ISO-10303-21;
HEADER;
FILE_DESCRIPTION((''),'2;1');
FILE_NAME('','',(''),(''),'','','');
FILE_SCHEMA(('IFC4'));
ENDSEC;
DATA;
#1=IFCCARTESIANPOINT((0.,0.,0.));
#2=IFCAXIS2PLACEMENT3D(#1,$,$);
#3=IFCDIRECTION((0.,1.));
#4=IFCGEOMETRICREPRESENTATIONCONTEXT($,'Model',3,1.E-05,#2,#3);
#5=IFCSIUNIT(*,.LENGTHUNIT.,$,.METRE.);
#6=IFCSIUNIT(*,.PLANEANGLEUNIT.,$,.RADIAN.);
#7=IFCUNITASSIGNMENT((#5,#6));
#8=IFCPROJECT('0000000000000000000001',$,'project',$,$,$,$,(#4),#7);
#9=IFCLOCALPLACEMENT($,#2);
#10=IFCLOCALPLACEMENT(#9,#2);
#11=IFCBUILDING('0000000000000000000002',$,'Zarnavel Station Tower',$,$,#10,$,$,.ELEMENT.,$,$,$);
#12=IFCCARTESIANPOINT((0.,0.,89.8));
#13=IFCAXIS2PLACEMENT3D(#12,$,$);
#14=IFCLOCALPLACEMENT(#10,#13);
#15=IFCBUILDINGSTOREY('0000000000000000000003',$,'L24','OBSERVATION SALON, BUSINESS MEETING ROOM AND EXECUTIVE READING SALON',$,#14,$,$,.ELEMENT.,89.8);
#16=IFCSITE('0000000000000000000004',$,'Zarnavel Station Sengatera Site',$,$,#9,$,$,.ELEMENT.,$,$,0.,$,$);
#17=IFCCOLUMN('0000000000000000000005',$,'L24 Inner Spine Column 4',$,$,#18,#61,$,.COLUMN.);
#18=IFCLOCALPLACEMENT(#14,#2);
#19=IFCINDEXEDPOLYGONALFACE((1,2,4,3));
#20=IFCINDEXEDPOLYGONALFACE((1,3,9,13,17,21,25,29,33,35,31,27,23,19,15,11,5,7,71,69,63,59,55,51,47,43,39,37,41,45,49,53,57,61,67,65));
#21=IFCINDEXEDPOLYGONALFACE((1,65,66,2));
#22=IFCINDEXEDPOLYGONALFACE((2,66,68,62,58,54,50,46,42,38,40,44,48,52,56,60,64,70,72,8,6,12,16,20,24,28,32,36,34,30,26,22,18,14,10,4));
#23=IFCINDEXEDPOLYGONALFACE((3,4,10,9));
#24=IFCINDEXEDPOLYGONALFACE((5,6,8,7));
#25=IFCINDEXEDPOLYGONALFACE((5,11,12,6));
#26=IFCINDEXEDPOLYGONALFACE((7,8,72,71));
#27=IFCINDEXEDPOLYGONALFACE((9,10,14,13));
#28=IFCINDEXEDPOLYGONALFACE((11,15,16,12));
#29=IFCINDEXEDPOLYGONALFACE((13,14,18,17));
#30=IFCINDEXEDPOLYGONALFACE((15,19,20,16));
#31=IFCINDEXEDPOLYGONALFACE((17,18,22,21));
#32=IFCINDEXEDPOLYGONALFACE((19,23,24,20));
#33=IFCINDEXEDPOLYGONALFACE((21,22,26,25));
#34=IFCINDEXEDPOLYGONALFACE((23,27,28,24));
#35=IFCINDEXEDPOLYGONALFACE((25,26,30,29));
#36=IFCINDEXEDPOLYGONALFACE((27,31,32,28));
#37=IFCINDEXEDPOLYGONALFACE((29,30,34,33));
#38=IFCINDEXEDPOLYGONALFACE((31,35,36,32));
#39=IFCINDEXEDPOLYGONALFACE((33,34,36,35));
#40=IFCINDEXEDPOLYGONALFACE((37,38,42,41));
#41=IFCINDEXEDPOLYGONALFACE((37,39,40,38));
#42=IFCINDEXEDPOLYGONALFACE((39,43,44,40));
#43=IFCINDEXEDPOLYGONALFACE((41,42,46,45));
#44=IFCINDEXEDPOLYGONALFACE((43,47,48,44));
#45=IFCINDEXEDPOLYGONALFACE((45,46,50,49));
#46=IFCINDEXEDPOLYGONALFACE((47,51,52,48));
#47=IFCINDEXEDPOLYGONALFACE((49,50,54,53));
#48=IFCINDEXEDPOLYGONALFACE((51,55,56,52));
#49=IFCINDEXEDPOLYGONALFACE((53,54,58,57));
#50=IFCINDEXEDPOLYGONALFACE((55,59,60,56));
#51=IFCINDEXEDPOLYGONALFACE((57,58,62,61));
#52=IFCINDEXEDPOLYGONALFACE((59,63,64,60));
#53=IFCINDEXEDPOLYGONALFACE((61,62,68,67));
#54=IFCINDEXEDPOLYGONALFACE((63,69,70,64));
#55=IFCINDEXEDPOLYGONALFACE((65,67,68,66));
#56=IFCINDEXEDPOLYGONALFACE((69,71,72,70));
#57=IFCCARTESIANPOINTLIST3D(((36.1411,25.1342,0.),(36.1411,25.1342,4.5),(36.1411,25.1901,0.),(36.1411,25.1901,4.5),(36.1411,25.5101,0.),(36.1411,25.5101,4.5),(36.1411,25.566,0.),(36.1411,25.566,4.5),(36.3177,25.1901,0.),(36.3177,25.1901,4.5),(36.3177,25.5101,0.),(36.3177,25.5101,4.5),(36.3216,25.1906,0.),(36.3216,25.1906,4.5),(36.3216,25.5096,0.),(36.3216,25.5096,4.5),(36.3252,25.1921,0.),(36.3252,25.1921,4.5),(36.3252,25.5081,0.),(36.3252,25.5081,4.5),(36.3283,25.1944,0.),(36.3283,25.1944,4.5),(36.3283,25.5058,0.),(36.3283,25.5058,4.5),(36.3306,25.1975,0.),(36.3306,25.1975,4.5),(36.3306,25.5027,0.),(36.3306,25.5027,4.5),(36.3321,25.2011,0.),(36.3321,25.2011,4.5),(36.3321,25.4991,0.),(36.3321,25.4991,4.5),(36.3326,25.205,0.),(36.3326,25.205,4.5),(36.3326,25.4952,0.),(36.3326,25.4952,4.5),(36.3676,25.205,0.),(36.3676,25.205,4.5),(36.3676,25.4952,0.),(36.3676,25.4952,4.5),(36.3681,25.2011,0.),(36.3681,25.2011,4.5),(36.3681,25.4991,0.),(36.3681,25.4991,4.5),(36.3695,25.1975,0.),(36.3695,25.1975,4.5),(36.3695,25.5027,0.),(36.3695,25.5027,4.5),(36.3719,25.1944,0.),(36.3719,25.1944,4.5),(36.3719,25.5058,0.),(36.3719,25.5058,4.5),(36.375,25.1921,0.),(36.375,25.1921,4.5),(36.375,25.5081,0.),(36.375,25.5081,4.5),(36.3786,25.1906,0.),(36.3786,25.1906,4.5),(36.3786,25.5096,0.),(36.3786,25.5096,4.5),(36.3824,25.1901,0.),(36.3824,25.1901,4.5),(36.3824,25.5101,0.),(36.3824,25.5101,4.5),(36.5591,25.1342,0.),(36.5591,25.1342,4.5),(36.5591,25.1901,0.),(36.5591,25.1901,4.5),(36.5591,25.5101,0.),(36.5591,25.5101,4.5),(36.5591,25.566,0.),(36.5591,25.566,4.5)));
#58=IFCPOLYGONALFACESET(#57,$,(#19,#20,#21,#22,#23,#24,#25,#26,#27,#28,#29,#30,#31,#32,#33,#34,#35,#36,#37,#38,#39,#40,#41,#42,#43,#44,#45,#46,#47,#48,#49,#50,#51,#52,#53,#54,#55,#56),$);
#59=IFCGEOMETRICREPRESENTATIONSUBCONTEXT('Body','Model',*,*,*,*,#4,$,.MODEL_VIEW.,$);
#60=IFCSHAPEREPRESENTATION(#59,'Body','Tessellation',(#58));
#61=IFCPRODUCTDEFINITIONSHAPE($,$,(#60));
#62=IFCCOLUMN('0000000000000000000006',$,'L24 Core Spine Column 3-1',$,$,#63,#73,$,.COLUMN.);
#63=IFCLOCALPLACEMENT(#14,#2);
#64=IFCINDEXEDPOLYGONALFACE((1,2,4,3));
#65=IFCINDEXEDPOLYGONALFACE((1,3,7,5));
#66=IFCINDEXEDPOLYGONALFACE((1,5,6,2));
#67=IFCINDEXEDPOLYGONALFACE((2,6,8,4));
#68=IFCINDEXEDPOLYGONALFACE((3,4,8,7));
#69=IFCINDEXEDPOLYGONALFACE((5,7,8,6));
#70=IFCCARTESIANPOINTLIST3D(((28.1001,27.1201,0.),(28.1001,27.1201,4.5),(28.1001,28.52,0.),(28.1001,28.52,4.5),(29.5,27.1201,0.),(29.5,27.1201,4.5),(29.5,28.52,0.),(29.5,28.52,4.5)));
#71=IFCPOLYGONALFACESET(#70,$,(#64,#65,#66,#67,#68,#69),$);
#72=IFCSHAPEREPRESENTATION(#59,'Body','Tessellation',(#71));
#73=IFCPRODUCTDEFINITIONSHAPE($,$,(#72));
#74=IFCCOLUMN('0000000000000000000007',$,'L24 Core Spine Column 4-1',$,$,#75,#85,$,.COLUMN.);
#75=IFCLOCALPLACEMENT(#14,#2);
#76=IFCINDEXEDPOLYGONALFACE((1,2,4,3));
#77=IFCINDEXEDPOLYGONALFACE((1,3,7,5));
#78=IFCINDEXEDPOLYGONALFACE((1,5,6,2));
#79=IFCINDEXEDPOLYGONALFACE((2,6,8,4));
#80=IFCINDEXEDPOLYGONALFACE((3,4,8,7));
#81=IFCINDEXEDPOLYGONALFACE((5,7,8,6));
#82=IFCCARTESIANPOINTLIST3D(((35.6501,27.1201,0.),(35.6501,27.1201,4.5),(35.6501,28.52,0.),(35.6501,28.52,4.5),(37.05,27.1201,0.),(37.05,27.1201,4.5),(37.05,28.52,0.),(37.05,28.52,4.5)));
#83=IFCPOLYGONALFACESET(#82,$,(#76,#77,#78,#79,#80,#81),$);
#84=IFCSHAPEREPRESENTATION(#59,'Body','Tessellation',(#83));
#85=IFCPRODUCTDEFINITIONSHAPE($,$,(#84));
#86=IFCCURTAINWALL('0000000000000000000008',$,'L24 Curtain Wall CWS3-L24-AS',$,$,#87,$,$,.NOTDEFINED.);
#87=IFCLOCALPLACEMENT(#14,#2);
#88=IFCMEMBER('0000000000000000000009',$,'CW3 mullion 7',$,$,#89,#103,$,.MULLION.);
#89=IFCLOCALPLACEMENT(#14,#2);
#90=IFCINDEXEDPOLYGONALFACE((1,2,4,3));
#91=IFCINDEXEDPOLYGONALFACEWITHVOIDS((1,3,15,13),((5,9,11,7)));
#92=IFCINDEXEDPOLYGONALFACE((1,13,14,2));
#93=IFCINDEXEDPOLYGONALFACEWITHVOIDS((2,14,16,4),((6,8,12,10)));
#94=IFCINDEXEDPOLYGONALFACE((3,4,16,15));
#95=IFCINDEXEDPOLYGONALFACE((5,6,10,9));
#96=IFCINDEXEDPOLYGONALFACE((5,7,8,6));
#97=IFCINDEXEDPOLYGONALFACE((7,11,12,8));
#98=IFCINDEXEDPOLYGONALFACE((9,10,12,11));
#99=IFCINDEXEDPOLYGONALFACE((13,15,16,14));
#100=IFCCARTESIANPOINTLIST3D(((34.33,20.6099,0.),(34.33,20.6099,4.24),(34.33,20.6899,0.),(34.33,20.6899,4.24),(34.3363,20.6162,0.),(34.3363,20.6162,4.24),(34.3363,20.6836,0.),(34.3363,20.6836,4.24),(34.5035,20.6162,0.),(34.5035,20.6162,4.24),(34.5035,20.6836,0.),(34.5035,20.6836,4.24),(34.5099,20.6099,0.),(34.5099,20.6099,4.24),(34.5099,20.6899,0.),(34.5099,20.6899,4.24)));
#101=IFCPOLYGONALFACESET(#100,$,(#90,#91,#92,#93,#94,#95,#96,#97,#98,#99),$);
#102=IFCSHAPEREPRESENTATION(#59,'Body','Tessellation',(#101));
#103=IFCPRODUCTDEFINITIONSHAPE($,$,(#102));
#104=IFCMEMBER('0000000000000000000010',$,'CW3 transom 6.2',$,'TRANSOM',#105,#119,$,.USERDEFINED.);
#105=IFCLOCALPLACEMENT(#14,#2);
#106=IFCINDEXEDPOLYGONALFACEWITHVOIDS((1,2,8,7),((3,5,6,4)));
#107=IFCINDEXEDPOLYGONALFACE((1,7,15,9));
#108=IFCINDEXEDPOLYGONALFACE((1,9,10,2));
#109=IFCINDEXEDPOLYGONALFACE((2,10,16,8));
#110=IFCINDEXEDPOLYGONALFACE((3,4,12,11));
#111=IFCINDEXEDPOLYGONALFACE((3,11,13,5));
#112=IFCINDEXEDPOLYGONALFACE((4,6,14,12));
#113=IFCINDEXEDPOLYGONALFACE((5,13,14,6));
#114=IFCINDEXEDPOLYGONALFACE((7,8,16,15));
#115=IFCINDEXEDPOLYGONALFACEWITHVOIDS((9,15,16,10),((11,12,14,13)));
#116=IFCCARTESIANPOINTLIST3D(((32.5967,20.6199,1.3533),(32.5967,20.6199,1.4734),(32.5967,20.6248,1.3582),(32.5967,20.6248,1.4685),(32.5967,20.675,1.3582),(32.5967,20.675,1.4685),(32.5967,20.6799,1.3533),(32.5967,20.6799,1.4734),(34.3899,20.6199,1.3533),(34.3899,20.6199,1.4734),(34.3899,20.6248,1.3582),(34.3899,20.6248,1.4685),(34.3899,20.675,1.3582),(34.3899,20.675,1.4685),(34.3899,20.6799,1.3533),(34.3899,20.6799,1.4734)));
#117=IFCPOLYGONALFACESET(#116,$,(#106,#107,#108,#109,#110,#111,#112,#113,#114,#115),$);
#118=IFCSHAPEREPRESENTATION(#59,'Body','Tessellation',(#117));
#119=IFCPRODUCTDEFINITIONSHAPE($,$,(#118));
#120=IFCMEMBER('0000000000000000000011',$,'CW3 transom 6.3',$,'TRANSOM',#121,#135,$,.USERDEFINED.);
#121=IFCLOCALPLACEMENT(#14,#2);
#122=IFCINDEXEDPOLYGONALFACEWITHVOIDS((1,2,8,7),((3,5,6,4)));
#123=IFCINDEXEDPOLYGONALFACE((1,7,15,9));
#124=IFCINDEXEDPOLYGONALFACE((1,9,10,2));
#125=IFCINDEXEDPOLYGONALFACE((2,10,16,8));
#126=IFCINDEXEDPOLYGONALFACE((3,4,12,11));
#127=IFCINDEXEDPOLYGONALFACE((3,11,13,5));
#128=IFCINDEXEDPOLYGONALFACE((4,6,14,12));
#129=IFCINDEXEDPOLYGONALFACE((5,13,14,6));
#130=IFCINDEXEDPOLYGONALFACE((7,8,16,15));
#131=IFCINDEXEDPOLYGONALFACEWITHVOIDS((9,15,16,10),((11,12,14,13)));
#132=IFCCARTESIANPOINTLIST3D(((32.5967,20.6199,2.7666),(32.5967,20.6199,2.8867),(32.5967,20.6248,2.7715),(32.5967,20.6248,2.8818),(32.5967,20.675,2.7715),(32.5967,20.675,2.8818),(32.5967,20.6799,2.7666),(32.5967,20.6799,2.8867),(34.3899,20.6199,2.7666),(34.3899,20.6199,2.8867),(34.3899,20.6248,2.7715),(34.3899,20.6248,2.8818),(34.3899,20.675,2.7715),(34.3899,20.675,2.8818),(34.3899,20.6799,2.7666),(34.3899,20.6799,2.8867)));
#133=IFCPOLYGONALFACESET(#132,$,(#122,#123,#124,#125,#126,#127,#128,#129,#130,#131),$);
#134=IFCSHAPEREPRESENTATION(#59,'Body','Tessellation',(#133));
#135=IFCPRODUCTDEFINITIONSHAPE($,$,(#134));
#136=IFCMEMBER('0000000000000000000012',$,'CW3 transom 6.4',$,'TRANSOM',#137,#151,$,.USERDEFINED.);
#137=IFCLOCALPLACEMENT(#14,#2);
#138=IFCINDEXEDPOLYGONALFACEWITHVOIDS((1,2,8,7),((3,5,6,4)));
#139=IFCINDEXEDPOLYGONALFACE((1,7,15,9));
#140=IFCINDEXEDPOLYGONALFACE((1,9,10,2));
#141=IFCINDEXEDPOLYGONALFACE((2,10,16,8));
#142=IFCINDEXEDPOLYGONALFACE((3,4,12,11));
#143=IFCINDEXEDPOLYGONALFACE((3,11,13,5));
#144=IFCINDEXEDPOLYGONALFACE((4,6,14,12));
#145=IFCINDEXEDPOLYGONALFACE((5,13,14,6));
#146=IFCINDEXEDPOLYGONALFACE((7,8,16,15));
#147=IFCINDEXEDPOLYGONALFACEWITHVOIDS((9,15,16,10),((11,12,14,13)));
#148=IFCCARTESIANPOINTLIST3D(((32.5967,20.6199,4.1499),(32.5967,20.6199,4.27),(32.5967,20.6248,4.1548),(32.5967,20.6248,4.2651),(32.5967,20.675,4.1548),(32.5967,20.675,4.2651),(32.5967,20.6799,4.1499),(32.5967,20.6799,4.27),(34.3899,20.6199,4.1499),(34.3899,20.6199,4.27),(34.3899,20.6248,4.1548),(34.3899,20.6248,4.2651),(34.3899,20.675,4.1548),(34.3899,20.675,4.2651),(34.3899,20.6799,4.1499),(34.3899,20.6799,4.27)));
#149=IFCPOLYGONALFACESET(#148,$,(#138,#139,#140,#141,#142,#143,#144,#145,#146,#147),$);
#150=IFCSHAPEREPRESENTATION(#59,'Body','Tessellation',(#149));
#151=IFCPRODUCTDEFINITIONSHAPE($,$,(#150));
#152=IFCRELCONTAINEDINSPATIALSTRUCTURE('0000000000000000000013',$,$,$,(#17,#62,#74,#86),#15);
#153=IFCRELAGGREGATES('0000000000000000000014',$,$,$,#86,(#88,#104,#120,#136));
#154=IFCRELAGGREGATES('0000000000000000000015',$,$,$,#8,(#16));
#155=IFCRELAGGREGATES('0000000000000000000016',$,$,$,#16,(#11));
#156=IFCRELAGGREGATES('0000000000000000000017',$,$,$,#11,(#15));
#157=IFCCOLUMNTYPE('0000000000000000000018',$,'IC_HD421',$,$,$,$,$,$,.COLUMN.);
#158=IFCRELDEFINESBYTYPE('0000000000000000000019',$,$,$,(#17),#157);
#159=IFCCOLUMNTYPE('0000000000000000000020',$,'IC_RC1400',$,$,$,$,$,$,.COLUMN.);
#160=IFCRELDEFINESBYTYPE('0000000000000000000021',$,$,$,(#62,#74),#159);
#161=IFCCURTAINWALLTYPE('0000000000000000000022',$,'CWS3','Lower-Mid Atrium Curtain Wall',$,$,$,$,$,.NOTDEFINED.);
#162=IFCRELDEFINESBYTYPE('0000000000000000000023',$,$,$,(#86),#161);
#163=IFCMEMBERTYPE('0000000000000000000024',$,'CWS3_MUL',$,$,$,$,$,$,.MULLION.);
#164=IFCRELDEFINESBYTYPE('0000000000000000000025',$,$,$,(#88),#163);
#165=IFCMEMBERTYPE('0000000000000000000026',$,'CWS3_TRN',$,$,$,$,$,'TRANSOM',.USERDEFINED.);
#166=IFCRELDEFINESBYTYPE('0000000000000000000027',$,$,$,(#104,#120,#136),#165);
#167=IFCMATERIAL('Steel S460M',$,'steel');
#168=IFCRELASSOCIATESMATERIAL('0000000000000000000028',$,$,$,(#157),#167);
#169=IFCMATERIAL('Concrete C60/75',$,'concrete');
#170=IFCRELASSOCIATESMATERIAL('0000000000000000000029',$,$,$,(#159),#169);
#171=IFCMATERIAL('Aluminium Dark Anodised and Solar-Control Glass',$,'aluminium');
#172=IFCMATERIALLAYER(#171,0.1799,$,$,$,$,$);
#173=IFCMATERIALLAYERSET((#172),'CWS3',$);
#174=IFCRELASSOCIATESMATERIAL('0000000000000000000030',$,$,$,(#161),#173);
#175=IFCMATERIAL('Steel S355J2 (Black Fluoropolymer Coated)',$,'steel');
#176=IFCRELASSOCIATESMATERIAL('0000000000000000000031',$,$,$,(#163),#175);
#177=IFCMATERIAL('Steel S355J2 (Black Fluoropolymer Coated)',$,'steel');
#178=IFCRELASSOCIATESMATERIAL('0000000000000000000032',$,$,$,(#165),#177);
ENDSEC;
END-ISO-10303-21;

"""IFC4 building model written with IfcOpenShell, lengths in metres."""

from ifc_helpers import new_model, si_unit, direction, frame, origin, origin_2d, place, context, subcontext, project, spatial, rectangle, hollow_rectangle, i_section, extrude, material, layer, layer_set, material_profile, profile_set, type_object, element, aggregate, save


model = new_model("IFC4")

# Units and contexts
model_context = context("Model", 3, precision=1e-05, world=origin(), true_north=direction((0.0, 1.0)))
body_context = subcontext(model_context, "Body", "Model", "MODEL_VIEW")
ifc_project = project(units=[si_unit("LENGTHUNIT", "METRE"), si_unit("PLANEANGLEUNIT", "RADIAN")], contexts=[model_context])

# Site, building, storey
site_placement = place(None, origin())
site = spatial("IfcSite", under=ifc_project, at=site_placement, Name="Zarnavel Station Sengatera Site", CompositionType="ELEMENT", RefElevation=0.0)
building_placement = place(site_placement, origin())
building = spatial("IfcBuilding", under=site, at=building_placement, Name="Zarnavel Station Tower", CompositionType="ELEMENT")
storey_placement = place(building_placement, frame((0.0, 0.0, 89.8)))
storey = spatial("IfcBuildingStorey", under=building, at=storey_placement, Name="L24", Description="OBSERVATION SALON, BUSINESS MEETING ROOM AND EXECUTIVE READING SALON", CompositionType="ELEMENT", Elevation=89.8)

# Columns
ifc_material_1 = material(Name="Steel S460M", Category="steel")
ifc_material_profile_1 = material_profile(ifc_material_1, i_section(OverallWidth=0.418, OverallDepth=0.4319, WebThickness=0.0349, FlangeThickness=0.0559, FilletRadius=0.0149, at=origin_2d()), Name="HD400x421")
ifc_profile_set_1 = profile_set([ifc_material_profile_1], Name="Steel S460M")
column_type_1 = type_object("IfcColumnType", Name="IC_HD421", PredefinedType="COLUMN", material=ifc_profile_set_1)
column_placement = place(storey_placement, frame((36.3501, 25.3501, 0.0), z_axis=(0.0, 0.0, 1.0), x_axis=(1.0, 0.0, 0.0)))
element("IfcColumn", 1, at=column_placement, inside=storey, type_object=column_type_1, Name="L24 Inner Spine Column 4", PredefinedType="COLUMN", context=body_context, shape_type="SweptSolid", body=[
    extrude(i_section(OverallWidth=0.418, OverallDepth=0.4319, WebThickness=0.0349, FlangeThickness=0.0559, FilletRadius=0.0149, at=origin_2d()), origin(), (0.0, 0.0, 1.0), 4.5),
])
ifc_material_2 = material(Name="Concrete C60/75", Category="concrete")
ifc_material_profile_2 = material_profile(ifc_material_2, rectangle(XDim=1.3999, YDim=1.3999, at=origin_2d()), Name="RC1400x1400")
ifc_profile_set_2 = profile_set([ifc_material_profile_2], Name="Concrete C60/75")
column_type_2 = type_object("IfcColumnType", Name="IC_RC1400", PredefinedType="COLUMN", material=ifc_profile_set_2)
for number, where, z_axis, x_axis, name in (
    (2, (28.8, 27.8201, 0.0), (0.0, 0.0, 1.0), (1.0, 0.0, 0.0), "L24 Core Spine Column 3-1"),
    (3, (36.3501, 27.8201, 0.0), (0.0, 0.0, 1.0), (1.0, 0.0, 0.0), "L24 Core Spine Column 4-1"),
):
    element("IfcColumn", number, at=place(storey_placement, frame(where, z_axis=z_axis, x_axis=x_axis)), inside=storey, type_object=column_type_2, Name=name, PredefinedType="COLUMN", context=body_context, shape_type="SweptSolid", body=[
        extrude(rectangle(XDim=1.3999, YDim=1.3999, at=origin_2d()), origin(), (0.0, 0.0, 1.0), 4.5),
    ])

# Curtain wall, members
ifc_material_3 = material(Name="Aluminium Dark Anodised and Solar-Control Glass", Category="aluminium")
ifc_layer_1 = layer(ifc_material_3, 0.1799)
ifc_layer_set_1 = layer_set([ifc_layer_1], Name="CWS3")
curtain_wall_type = type_object("IfcCurtainWallType", Name="CWS3", Description="Lower-Mid Atrium Curtain Wall", PredefinedType="NOTDEFINED", material=ifc_layer_set_1)
curtain_wall_placement = place(storey_placement, origin())
curtain_wall = element("IfcCurtainWall", 4, at=curtain_wall_placement, inside=storey, type_object=curtain_wall_type, Name="L24 Curtain Wall CWS3-L24-AS", PredefinedType="NOTDEFINED")
ifc_material_4 = material(Name="Steel S355J2 (Black Fluoropolymer Coated)", Category="steel")
ifc_material_profile_3 = material_profile(ifc_material_4, hollow_rectangle(XDim=0.0801, YDim=0.1799, WallThickness=0.0063, at=origin_2d()), Name="RHS180x80x6.3")
ifc_profile_set_3 = profile_set([ifc_material_profile_3], Name="Steel S355J2 (Black Fluoropolymer Coated)")
member_type_1 = type_object("IfcMemberType", Name="CWS3_MUL", PredefinedType="MULLION", material=ifc_profile_set_3)
member_1_placement = place(storey_placement, frame((34.4199, 20.6499, 0.0), z_axis=(0.0, 0.0, 1.0), x_axis=(0.0, 1.0, 0.0)))
member_1 = element("IfcMember", 5, at=member_1_placement, type_object=member_type_1, Name="CW3 mullion 7", PredefinedType="MULLION", context=body_context, shape_type="SweptSolid", body=[
    extrude(hollow_rectangle(XDim=0.0801, YDim=0.1799, WallThickness=0.0063, at=origin_2d()), origin(), (0.0, 0.0, 1.0), 4.24),
])
ifc_material_5 = material(Name="Steel S355J2 (Black Fluoropolymer Coated)", Category="steel")
ifc_material_profile_4 = material_profile(ifc_material_5, hollow_rectangle(XDim=0.0601, YDim=0.1201, WallThickness=0.0049, at=origin_2d()), Name="RHS120x60x5")
ifc_profile_set_4 = profile_set([ifc_material_profile_4], Name="Steel S355J2 (Black Fluoropolymer Coated)")
member_type_2 = type_object("IfcMemberType", Name="CWS3_TRN", ElementType="TRANSOM", PredefinedType="USERDEFINED", material=ifc_profile_set_4)
member_2_placement = place(storey_placement, frame((32.5967, 20.6499, 1.4133), z_axis=(1.0, 0.0, 0.0), x_axis=(0.0, 1.0, 0.0)))
member_2 = element("IfcMember", 6, at=member_2_placement, type_object=member_type_2, Name="CW3 transom 6.2", ObjectType="TRANSOM", PredefinedType="USERDEFINED", context=body_context, shape_type="SweptSolid", body=[
    extrude(hollow_rectangle(XDim=0.0601, YDim=0.1201, WallThickness=0.0049, at=origin_2d()), origin(), (0.0, 0.0, 1.0), 1.7932),
])
member_3_placement = place(storey_placement, frame((32.5967, 20.6499, 2.8267), z_axis=(1.0, 0.0, 0.0), x_axis=(0.0, 1.0, 0.0)))
member_3 = element("IfcMember", 7, at=member_3_placement, type_object=member_type_2, Name="CW3 transom 6.3", ObjectType="TRANSOM", PredefinedType="USERDEFINED", context=body_context, shape_type="SweptSolid", body=[
    extrude(hollow_rectangle(XDim=0.0601, YDim=0.1201, WallThickness=0.0049, at=origin_2d()), origin(), (0.0, 0.0, 1.0), 1.7932),
])
member_4_placement = place(storey_placement, frame((32.5967, 20.6499, 4.21), z_axis=(1.0, 0.0, 0.0), x_axis=(0.0, 1.0, 0.0)))
member_4 = element("IfcMember", 8, at=member_4_placement, type_object=member_type_2, Name="CW3 transom 6.4", ObjectType="TRANSOM", PredefinedType="USERDEFINED", context=body_context, shape_type="SweptSolid", body=[
    extrude(hollow_rectangle(XDim=0.0601, YDim=0.1201, WallThickness=0.0049, at=origin_2d()), origin(), (0.0, 0.0, 1.0), 1.7932),
])

aggregate(curtain_wall, [member_1, member_2, member_3, member_4])

save(model, "model.ifc")
